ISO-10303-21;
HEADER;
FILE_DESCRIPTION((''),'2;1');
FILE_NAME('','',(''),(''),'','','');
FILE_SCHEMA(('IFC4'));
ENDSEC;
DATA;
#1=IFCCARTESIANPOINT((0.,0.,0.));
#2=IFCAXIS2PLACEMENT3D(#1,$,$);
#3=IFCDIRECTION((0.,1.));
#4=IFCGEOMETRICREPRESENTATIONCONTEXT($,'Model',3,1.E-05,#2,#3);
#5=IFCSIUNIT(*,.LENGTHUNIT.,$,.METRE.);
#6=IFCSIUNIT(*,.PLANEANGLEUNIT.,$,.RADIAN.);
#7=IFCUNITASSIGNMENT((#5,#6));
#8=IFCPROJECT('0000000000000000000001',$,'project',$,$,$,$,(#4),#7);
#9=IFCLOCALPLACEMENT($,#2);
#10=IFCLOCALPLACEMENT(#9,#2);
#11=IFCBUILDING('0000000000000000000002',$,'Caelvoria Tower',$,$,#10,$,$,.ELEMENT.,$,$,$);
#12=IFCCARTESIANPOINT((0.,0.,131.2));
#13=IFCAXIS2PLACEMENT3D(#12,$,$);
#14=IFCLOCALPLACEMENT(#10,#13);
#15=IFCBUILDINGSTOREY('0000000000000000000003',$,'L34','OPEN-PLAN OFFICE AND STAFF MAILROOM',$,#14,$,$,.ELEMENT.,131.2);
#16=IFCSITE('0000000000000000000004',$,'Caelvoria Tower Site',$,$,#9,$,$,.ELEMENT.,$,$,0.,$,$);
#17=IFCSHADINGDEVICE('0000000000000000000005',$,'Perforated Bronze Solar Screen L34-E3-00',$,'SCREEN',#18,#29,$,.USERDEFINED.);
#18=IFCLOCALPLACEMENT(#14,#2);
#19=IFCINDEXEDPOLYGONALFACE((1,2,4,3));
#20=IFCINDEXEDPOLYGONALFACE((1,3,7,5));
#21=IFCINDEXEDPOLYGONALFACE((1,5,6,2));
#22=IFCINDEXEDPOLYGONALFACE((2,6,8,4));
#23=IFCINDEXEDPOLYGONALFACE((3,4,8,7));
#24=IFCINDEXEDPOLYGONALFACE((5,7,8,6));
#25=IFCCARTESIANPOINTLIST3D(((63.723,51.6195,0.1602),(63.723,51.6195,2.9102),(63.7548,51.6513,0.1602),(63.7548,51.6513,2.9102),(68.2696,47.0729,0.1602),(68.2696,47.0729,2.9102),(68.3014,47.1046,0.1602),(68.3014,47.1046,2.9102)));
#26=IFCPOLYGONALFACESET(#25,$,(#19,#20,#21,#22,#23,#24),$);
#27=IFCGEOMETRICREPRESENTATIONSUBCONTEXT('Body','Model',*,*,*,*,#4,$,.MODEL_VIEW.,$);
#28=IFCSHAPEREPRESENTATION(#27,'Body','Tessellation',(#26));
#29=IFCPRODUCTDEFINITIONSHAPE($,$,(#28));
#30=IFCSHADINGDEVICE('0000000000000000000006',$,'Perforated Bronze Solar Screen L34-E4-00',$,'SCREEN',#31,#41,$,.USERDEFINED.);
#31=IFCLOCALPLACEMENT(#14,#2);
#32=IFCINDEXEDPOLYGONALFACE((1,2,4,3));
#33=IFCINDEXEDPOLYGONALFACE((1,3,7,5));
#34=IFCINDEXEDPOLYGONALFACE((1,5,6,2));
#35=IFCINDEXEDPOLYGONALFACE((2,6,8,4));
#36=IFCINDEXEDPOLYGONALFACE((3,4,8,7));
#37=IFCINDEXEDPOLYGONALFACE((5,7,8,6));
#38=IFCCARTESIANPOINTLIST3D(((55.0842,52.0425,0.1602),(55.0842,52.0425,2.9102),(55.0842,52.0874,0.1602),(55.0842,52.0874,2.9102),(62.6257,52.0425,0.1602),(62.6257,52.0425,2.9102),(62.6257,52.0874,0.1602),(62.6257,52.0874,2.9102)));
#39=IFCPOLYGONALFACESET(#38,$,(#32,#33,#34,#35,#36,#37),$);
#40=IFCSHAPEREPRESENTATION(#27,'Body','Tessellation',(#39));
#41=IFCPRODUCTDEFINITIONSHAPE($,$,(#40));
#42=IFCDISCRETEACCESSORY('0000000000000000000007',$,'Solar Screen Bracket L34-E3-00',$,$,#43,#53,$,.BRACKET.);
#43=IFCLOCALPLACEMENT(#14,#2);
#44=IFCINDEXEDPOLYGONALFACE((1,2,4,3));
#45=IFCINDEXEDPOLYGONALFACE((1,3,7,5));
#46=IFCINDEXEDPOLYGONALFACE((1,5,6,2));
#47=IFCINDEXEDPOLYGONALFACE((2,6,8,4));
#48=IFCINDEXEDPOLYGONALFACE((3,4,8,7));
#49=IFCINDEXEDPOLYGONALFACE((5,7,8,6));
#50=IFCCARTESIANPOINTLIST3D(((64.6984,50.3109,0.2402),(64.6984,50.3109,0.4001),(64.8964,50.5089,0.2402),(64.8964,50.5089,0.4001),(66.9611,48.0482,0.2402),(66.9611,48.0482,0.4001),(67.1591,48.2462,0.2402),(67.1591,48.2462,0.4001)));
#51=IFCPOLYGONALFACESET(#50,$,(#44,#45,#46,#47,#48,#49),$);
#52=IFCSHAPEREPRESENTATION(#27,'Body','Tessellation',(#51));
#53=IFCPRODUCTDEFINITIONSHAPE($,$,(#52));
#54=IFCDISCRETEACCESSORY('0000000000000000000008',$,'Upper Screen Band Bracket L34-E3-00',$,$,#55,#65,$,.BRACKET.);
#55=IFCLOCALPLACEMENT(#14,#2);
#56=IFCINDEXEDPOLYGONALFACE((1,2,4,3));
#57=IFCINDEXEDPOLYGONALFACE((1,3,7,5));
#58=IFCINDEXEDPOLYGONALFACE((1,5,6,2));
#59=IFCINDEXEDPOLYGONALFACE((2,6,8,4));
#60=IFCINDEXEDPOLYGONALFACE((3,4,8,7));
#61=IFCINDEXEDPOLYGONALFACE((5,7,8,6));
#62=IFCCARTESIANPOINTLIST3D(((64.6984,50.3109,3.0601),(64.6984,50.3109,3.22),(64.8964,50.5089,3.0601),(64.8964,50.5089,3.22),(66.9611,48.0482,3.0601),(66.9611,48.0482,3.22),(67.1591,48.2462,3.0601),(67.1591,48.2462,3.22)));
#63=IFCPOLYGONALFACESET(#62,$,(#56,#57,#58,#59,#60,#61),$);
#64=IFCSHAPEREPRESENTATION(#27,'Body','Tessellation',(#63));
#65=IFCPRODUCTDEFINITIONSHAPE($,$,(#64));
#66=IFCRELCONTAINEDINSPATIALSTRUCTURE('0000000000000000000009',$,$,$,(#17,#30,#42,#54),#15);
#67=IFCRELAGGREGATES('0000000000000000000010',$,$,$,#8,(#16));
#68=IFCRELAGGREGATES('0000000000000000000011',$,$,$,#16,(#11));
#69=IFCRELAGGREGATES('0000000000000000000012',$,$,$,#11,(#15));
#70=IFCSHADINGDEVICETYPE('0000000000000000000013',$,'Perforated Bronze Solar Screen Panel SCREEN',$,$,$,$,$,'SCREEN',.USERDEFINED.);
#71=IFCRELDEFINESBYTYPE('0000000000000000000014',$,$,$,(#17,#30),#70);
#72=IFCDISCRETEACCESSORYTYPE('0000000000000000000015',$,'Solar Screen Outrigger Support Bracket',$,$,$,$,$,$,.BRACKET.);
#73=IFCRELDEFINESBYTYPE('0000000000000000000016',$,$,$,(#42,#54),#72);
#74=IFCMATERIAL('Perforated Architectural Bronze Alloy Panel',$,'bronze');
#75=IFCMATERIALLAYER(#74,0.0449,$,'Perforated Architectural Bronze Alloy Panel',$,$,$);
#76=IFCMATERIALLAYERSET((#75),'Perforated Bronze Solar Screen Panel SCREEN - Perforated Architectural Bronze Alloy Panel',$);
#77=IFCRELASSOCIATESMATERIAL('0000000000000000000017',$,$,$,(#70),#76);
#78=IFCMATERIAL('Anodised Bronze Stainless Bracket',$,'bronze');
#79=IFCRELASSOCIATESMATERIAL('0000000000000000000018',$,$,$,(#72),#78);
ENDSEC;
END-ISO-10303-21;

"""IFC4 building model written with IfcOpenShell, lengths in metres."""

from ifc_helpers import new_model, si_unit, direction, frame, origin, origin_2d, place, context, subcontext, project, spatial, rectangle, extrude, material, layer, layer_set, type_object, element, save


model = new_model("IFC4")

# Units and contexts
model_context = context("Model", 3, precision=1e-05, world=origin(), true_north=direction((0.0, 1.0)))
body_context = subcontext(model_context, "Body", "Model", "MODEL_VIEW")
ifc_project = project(units=[si_unit("LENGTHUNIT", "METRE"), si_unit("PLANEANGLEUNIT", "RADIAN")], contexts=[model_context])

# Site, building, storey
site_placement = place(None, origin())
site = spatial("IfcSite", under=ifc_project, at=site_placement, Name="Caelvoria Tower Site", CompositionType="ELEMENT", RefElevation=0.0)
building_placement = place(site_placement, origin())
building = spatial("IfcBuilding", under=site, at=building_placement, Name="Caelvoria Tower", CompositionType="ELEMENT")
storey_placement = place(building_placement, frame((0.0, 0.0, 131.2)))
storey = spatial("IfcBuildingStorey", under=building, at=storey_placement, Name="L34", Description="OPEN-PLAN OFFICE AND STAFF MAILROOM", CompositionType="ELEMENT", Elevation=131.2)

# Shading devices
ifc_material_1 = material(Name="Perforated Architectural Bronze Alloy Panel", Category="bronze")
ifc_layer_1 = layer(ifc_material_1, 0.0449, Name="Perforated Architectural Bronze Alloy Panel")
ifc_layer_set_1 = layer_set([ifc_layer_1], Name="Perforated Bronze Solar Screen Panel SCREEN - Perforated Architectural Bronze Alloy Panel")
shading_device_type = type_object("IfcShadingDeviceType", Name="Perforated Bronze Solar Screen Panel SCREEN", ElementType="SCREEN", PredefinedType="USERDEFINED", material=ifc_layer_set_1)
shading_device_1_placement = place(storey_placement, frame((66.0122, 49.3621, 0.1602), z_axis=(0.0, 0.0, 1.0), x_axis=(-0.707107, 0.707107, 0.0)))
element("IfcShadingDevice", 1, at=shading_device_1_placement, inside=storey, type_object=shading_device_type, Name="Perforated Bronze Solar Screen L34-E3-00", ObjectType="SCREEN", PredefinedType="USERDEFINED", context=body_context, shape_type="SweptSolid", body=[
    extrude(rectangle(XDim=6.4299, YDim=0.0449, at=origin_2d()), origin(), (0.0, 0.0, 1.0), 2.75),
])
shading_device_2_placement = place(storey_placement, frame((58.855, 52.0649, 0.1602), z_axis=(0.0, 0.0, 1.0), x_axis=(-1.0, 0.0, 0.0)))
element("IfcShadingDevice", 2, at=shading_device_2_placement, inside=storey, type_object=shading_device_type, Name="Perforated Bronze Solar Screen L34-E4-00", ObjectType="SCREEN", PredefinedType="USERDEFINED", context=body_context, shape_type="SweptSolid", body=[
    extrude(rectangle(XDim=7.5415, YDim=0.0449, at=origin_2d()), origin(), (0.0, 0.0, 1.0), 2.75),
])

# Discrete accessories
ifc_material_2 = material(Name="Anodised Bronze Stainless Bracket", Category="bronze")
discrete_accessory_type = type_object("IfcDiscreteAccessoryType", Name="Solar Screen Outrigger Support Bracket", PredefinedType="BRACKET", material=ifc_material_2)
for number, where, z_axis, x_axis, name in (
    (3, (65.9287, 49.2786, 0.2402), (0.0, 0.0, 1.0), (-0.707107, 0.707107, 0.0), "Solar Screen Bracket L34-E3-00"),
    (4, (65.9287, 49.2786, 3.0601), (0.0, 0.0, 1.0), (-0.707107, 0.707107, 0.0), "Upper Screen Band Bracket L34-E3-00"),
):
    element("IfcDiscreteAccessory", number, at=place(storey_placement, frame(where, z_axis=z_axis, x_axis=x_axis)), inside=storey, type_object=discrete_accessory_type, Name=name, PredefinedType="BRACKET", context=body_context, shape_type="SweptSolid", body=[
        extrude(rectangle(XDim=3.2, YDim=0.28, at=origin_2d()), origin(), (0.0, 0.0, 1.0), 0.1599),
    ])

save(model, "model.ifc")
